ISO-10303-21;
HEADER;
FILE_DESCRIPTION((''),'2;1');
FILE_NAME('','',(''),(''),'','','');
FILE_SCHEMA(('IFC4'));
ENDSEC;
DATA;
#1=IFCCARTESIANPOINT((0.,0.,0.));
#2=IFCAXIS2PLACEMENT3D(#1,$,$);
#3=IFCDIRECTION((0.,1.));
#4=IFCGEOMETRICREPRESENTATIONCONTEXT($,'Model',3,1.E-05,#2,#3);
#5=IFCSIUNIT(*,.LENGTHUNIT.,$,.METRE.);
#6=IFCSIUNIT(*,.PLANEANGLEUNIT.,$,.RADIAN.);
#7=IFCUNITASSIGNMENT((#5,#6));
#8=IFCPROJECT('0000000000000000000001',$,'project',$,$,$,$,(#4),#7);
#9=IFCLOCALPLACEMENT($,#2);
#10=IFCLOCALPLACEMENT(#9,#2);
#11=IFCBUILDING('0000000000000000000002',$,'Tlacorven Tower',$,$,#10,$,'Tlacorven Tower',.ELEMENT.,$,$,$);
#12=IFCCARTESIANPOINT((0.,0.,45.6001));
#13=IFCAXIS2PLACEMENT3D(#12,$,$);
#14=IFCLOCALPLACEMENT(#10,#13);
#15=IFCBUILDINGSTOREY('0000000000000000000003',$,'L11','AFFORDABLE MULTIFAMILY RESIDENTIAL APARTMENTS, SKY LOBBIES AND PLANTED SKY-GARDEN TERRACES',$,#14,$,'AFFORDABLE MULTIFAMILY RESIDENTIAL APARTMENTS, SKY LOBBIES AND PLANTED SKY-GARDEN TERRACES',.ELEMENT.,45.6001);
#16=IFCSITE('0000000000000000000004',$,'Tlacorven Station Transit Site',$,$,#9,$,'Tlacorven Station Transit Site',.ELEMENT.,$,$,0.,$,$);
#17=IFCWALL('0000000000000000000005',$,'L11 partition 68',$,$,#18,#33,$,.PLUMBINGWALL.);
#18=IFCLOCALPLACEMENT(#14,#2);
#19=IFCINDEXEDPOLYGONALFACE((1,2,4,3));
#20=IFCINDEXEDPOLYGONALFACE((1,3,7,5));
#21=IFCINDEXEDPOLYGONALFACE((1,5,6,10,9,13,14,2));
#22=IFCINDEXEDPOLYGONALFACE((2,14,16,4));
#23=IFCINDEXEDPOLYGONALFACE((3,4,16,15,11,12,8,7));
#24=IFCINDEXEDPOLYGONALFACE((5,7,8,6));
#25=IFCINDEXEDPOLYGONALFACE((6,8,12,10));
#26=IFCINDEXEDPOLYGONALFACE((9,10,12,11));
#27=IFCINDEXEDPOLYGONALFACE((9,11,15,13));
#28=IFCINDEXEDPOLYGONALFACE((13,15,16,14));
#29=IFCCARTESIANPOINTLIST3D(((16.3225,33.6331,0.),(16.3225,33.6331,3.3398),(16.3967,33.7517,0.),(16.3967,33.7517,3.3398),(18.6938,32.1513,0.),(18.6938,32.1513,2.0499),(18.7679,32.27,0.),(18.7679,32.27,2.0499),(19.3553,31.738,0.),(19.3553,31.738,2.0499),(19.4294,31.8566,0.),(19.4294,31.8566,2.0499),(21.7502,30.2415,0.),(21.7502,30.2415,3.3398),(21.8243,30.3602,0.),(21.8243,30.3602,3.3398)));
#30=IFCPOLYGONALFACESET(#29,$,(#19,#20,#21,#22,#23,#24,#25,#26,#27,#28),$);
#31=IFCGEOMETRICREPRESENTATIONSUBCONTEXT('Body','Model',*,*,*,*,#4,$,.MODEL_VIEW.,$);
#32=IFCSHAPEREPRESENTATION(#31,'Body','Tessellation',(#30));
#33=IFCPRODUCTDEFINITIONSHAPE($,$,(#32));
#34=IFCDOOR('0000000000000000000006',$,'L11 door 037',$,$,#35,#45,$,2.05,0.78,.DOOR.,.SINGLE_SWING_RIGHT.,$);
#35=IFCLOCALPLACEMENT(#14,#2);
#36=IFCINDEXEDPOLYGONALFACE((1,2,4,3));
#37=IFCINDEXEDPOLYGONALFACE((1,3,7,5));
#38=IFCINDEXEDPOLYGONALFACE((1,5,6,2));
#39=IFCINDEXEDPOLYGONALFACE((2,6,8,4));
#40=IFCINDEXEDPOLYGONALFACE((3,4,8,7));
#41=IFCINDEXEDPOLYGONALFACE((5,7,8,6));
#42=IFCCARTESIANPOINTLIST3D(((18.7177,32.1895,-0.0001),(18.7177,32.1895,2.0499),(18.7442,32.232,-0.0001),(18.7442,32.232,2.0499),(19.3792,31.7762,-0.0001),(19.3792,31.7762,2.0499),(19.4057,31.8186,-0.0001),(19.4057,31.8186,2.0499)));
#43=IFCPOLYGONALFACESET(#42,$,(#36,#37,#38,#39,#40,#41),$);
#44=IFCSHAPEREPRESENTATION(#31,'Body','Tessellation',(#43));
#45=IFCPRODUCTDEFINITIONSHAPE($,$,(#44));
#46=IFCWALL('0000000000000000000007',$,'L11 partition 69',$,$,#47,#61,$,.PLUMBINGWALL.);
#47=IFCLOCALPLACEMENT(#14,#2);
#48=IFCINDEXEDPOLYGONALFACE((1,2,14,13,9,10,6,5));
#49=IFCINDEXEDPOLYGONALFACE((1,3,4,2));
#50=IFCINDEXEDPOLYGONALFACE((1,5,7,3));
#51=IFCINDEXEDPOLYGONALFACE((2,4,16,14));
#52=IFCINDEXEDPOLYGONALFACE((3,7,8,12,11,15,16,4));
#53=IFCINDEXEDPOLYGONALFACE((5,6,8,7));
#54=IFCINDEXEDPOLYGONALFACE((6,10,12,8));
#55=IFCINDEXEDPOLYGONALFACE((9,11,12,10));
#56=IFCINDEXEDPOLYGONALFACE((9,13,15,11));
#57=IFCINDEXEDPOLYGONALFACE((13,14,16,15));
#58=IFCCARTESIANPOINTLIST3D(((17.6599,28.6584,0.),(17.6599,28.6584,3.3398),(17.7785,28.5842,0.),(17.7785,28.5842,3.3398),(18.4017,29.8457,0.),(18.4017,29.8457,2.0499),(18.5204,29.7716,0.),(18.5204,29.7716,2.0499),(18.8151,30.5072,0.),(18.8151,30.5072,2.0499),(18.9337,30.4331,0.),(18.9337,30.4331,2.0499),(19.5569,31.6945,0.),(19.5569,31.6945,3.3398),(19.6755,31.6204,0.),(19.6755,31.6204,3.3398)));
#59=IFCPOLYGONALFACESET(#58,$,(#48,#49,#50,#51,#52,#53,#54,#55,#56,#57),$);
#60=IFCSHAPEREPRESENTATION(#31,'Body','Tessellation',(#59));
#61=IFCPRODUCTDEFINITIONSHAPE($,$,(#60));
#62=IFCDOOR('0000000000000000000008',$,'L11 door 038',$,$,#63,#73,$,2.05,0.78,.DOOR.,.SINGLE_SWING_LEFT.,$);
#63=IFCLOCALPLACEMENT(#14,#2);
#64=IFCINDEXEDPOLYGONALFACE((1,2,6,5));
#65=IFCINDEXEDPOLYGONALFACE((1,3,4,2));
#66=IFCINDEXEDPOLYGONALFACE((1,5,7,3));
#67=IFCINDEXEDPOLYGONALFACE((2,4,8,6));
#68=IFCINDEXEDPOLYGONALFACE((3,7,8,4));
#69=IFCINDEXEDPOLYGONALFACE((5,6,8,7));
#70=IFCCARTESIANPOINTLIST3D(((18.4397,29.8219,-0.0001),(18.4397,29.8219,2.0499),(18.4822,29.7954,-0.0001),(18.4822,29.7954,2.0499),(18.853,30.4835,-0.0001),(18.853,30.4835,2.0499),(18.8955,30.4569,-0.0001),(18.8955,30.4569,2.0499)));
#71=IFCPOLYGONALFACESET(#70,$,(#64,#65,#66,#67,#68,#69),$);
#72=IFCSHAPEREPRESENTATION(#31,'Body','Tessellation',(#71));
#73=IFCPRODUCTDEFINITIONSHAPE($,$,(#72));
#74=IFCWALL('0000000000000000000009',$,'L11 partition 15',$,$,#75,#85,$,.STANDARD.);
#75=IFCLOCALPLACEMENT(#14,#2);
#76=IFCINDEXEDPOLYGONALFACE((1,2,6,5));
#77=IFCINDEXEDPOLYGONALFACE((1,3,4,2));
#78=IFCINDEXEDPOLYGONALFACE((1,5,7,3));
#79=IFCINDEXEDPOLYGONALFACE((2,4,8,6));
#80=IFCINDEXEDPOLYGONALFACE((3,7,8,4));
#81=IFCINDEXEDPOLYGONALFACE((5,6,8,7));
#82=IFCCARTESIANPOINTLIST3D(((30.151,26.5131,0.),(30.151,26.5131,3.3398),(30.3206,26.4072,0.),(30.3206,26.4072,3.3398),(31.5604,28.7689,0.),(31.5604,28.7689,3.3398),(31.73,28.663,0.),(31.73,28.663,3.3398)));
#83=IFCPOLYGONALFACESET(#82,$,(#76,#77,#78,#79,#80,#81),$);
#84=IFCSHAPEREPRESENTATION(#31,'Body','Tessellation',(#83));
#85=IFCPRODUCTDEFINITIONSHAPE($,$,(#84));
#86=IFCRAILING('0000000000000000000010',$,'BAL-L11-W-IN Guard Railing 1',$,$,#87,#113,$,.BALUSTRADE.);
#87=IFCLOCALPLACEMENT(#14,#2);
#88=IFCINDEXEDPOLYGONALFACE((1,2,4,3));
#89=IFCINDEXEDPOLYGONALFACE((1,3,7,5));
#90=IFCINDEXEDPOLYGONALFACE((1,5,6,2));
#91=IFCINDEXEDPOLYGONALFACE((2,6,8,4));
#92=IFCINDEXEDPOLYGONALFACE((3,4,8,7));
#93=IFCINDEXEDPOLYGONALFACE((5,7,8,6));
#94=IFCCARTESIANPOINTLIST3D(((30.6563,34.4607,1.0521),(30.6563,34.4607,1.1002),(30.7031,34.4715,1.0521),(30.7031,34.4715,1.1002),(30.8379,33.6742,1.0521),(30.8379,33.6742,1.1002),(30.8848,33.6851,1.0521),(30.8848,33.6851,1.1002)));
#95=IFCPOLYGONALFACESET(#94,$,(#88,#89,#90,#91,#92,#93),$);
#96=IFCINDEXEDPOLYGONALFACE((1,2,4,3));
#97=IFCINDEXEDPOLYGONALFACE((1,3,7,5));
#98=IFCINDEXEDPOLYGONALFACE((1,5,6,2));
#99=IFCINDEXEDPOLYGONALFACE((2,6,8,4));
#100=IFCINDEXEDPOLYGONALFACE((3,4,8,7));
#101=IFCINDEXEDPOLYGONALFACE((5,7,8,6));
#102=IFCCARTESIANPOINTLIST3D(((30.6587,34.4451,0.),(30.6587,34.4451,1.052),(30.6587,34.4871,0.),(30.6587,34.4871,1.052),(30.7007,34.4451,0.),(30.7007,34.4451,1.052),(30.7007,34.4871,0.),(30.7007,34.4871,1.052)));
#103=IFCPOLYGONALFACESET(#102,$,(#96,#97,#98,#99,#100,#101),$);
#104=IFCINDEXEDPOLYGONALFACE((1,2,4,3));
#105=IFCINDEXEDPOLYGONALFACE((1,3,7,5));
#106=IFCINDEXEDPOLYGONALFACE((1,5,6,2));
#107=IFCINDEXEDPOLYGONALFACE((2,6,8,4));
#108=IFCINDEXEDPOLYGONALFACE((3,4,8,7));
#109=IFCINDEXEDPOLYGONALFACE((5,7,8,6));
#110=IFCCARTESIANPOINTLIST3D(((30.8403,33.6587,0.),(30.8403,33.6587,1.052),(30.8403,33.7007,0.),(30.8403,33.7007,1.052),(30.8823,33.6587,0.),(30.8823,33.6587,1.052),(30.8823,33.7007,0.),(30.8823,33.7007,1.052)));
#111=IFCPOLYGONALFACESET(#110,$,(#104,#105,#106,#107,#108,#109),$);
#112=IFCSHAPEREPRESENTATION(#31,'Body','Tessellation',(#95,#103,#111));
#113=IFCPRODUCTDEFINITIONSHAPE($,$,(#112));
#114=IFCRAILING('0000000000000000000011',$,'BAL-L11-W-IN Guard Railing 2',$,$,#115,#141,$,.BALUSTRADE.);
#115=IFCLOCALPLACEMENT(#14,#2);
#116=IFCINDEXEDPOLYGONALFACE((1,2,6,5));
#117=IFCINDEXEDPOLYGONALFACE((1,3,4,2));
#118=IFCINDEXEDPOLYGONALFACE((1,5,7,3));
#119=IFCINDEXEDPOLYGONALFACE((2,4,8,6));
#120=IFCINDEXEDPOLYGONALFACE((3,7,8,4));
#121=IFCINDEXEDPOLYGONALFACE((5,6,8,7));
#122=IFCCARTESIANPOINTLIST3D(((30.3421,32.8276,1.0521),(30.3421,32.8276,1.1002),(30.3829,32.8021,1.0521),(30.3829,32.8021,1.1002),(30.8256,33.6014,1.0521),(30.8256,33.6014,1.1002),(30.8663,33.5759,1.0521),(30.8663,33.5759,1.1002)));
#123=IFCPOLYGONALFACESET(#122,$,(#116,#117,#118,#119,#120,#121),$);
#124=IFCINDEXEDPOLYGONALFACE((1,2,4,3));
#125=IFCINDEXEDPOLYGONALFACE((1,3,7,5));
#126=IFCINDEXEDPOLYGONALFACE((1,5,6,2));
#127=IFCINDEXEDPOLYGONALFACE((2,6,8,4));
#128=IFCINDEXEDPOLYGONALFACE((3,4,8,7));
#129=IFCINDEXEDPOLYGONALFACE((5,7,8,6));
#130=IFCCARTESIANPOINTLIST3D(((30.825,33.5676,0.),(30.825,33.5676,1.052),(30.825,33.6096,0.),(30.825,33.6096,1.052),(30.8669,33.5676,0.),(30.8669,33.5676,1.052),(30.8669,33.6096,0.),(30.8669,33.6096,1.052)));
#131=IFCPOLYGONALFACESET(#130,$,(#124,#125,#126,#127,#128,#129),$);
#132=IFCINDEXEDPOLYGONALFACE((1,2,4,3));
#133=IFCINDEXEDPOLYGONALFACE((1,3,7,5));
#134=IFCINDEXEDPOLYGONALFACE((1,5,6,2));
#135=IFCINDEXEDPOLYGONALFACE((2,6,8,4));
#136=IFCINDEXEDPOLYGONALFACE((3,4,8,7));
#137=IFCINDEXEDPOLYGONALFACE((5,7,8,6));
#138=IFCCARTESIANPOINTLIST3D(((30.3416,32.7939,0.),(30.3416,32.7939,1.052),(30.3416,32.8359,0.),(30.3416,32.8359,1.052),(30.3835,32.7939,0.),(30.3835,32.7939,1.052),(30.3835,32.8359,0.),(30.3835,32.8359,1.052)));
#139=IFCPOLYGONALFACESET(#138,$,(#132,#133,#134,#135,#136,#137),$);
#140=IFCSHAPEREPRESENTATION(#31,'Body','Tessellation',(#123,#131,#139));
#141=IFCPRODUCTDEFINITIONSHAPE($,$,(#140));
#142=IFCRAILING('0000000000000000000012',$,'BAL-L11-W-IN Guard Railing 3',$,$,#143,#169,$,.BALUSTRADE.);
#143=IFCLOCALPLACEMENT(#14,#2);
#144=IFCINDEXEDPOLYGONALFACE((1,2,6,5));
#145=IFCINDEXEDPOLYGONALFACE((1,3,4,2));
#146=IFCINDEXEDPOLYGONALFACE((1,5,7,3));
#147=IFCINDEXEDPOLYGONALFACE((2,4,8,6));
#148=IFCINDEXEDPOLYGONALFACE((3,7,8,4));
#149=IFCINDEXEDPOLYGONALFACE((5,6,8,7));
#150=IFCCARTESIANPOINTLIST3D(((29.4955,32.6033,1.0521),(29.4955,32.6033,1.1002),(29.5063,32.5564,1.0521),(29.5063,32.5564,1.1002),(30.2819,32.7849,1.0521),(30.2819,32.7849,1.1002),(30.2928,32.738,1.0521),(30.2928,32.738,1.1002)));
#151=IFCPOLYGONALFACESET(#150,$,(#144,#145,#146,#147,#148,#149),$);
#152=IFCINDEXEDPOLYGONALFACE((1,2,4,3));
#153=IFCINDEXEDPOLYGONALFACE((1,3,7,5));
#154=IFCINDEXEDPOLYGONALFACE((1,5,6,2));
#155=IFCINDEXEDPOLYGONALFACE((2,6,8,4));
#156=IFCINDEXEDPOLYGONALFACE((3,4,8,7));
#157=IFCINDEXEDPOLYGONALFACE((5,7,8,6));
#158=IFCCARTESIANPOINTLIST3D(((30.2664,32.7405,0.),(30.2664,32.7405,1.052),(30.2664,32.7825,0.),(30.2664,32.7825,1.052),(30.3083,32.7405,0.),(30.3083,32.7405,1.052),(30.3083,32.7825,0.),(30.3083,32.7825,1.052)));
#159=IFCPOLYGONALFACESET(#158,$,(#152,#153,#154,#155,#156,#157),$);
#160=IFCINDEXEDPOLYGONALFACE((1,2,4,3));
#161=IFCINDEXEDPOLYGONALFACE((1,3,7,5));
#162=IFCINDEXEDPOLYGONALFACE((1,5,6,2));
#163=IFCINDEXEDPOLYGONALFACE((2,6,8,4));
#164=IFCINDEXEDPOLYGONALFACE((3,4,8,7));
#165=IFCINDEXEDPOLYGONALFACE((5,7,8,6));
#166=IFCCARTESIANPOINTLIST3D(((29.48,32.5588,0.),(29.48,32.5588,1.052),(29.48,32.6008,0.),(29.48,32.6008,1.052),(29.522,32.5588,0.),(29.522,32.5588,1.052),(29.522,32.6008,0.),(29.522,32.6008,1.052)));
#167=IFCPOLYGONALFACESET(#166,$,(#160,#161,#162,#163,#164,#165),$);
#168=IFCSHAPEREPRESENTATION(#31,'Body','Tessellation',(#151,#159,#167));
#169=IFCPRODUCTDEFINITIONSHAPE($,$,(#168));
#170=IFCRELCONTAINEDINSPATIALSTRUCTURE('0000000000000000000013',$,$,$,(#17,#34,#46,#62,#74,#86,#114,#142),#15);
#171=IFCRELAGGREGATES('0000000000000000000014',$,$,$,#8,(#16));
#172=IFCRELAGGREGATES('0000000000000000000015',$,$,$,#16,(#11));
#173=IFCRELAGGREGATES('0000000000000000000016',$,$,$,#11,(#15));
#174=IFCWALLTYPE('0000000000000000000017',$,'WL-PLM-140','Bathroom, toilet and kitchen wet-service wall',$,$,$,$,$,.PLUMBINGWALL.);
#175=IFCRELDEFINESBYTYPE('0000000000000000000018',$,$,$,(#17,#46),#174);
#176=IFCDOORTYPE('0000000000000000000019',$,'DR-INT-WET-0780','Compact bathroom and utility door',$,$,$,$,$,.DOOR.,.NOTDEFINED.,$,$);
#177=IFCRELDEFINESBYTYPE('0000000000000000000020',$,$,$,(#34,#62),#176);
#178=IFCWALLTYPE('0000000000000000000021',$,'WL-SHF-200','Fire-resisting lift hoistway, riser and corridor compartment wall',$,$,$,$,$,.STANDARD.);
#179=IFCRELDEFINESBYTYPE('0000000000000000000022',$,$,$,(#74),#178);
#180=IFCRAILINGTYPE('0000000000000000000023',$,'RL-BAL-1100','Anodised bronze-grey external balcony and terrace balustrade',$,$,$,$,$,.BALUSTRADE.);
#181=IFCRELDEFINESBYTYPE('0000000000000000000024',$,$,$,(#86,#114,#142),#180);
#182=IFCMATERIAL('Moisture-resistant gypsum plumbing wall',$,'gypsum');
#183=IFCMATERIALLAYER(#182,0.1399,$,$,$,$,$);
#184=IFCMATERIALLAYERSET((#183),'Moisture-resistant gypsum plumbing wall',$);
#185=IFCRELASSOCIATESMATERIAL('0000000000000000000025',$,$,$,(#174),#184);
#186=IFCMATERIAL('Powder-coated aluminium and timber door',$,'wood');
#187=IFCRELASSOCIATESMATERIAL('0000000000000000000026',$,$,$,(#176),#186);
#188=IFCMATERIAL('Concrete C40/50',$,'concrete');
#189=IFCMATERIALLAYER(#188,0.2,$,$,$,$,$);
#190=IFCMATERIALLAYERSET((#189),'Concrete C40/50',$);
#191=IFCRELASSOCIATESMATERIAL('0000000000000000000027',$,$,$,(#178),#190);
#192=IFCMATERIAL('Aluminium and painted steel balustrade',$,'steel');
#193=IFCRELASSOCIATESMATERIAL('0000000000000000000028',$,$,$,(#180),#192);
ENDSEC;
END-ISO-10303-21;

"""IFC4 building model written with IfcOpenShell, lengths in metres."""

from ifc_helpers import new_model, si_unit, direction, frame, frame_2d, origin, origin_2d, place, context, subcontext, project, spatial, rectangle, extrude, source, transform, mapped, material, layer, layer_set, type_object, element, fill, save


model = new_model("IFC4")

# Units and contexts
model_context = context("Model", 3, precision=1e-05, world=origin(), true_north=direction((0.0, 1.0)))
body_context = subcontext(model_context, "Body", "Model", "MODEL_VIEW")
ifc_project = project(units=[si_unit("LENGTHUNIT", "METRE"), si_unit("PLANEANGLEUNIT", "RADIAN")], contexts=[model_context])

# Site, building, storey
site_placement = place(None, origin())
site = spatial("IfcSite", under=ifc_project, at=site_placement, Name="Tlacorven Station Transit Site", LongName="Tlacorven Station Transit Site", CompositionType="ELEMENT", RefElevation=0.0)
building_placement = place(site_placement, origin())
building = spatial("IfcBuilding", under=site, at=building_placement, Name="Tlacorven Tower", LongName="Tlacorven Tower", CompositionType="ELEMENT")
storey_placement = place(building_placement, frame((0.0, 0.0, 45.6001)))
storey = spatial("IfcBuildingStorey", under=building, at=storey_placement, Name="L11", Description="AFFORDABLE MULTIFAMILY RESIDENTIAL APARTMENTS, SKY LOBBIES AND PLANTED SKY-GARDEN TERRACES", LongName="AFFORDABLE MULTIFAMILY RESIDENTIAL APARTMENTS, SKY LOBBIES AND PLANTED SKY-GARDEN TERRACES", CompositionType="ELEMENT", Elevation=45.6001)

# Walls, openings, doors
ifc_material_1 = material(Name="Powder-coated aluminium and timber door", Category="wood")
ifc_material_2 = material(Name="Moisture-resistant gypsum plumbing wall", Category="gypsum")
ifc_layer_1 = layer(ifc_material_2, 0.1399)
ifc_layer_set_1 = layer_set([ifc_layer_1], Name="Moisture-resistant gypsum plumbing wall")
wall_type_1 = type_object("IfcWallType", Name="WL-PLM-140", Description="Bathroom, toilet and kitchen wet-service wall", PredefinedType="PLUMBINGWALL", material=ifc_layer_set_1)
wall_1_placement = place(storey_placement, frame((21.7874, 30.3008, 0.0), z_axis=(0.0, 0.0, 1.0), x_axis=(-0.84805, 0.529917, 0.0)))
wall_1 = element("IfcWall", 1, at=wall_1_placement, inside=storey, type_object=wall_type_1, Name="L11 partition 68", PredefinedType="PLUMBINGWALL", context=body_context, shape_type="SweptSolid", body=[
    extrude(rectangle(XDim=6.4001, YDim=0.1399, at=frame_2d((3.2002, 0.0))), origin(), (0.0, 0.0, 1.0), 3.3398),
])
opening_1_placement = place(wall_1_placement, frame((2.824, 0.0, 0.0)))
opening_1 = element("IfcOpeningElement", 2, at=opening_1_placement, cuts=wall_1, PredefinedType="OPENING", context=body_context, shape_type="SweptSolid", body=[
    extrude(rectangle(XDim=0.78, YDim=2.05, at=frame_2d((0.3901, 1.0249))), frame((0.0, 0.0801, 0.0), z_axis=(0.0, -1.0, 0.0), x_axis=(1.0, 0.0, 0.0)), (0.0, 0.0, 1.0), 0.1599),
])
door_type_1 = type_object("IfcDoorType", Name="DR-INT-WET-0780", Description="Compact bathroom and utility door", OperationType="NOTDEFINED", PredefinedType="DOOR", material=ifc_material_1)
shared_shape_1 = source(origin(), body_context, "Body", "SweptSolid", [
    extrude(rectangle(XDim=0.78, YDim=2.05, at=frame_2d((0.3901, 1.0249))), frame((0.0, 0.0249, 0.0), z_axis=(0.0, -1.0, 0.0), x_axis=(1.0, 0.0, 0.0)), (0.0, 0.0, 1.0), 0.05),
])
door_1_placement = place(opening_1_placement, origin())
door_1 = element("IfcDoor", 3, at=door_1_placement, inside=storey, type_object=door_type_1, Name="L11 door 037", OperationType="SINGLE_SWING_RIGHT", OverallHeight=2.05, OverallWidth=0.78, PredefinedType="DOOR", context=body_context, shape_type="MappedRepresentation", body=[
    mapped(shared_shape_1, transform((0.0, 0.0, 0.0), scale=1.0)),
])
fill(opening_1, door_1)
wall_2_placement = place(storey_placement, frame((19.6162, 31.6575, 0.0), z_axis=(0.0, 0.0, 1.0), x_axis=(-0.529876, -0.848075, 0.0)))
wall_2 = element("IfcWall", 4, at=wall_2_placement, inside=storey, type_object=wall_type_1, Name="L11 partition 69", PredefinedType="PLUMBINGWALL", context=body_context, shape_type="SweptSolid", body=[
    extrude(rectangle(XDim=3.5801, YDim=0.1399, at=frame_2d((1.79, 0.0))), origin(), (0.0, 0.0, 1.0), 3.3398),
])
opening_2_placement = place(wall_2_placement, frame((1.3999, 0.0, 0.0)))
opening_2 = element("IfcOpeningElement", 5, at=opening_2_placement, cuts=wall_2, PredefinedType="OPENING", context=body_context, shape_type="SweptSolid", body=[
    extrude(rectangle(XDim=0.78, YDim=2.05, at=frame_2d((0.3901, 1.0249))), frame((0.0, 0.0801, 0.0), z_axis=(0.0, -1.0, 0.0), x_axis=(1.0, 0.0, 0.0)), (0.0, 0.0, 1.0), 0.1599),
])
door_2_placement = place(opening_2_placement, origin())
door_2 = element("IfcDoor", 6, at=door_2_placement, inside=storey, type_object=door_type_1, Name="L11 door 038", OperationType="SINGLE_SWING_LEFT", OverallHeight=2.05, OverallWidth=0.78, PredefinedType="DOOR", context=body_context, shape_type="MappedRepresentation", body=[
    mapped(shared_shape_1, transform((0.0, 0.0, 0.0), scale=1.0)),
])
fill(opening_2, door_2)

# Wall
ifc_material_3 = material(Name="Concrete C40/50", Category="concrete")
ifc_layer_2 = layer(ifc_material_3, 0.2)
ifc_layer_set_2 = layer_set([ifc_layer_2], Name="Concrete C40/50")
wall_type_2 = type_object("IfcWallType", Name="WL-SHF-200", Description="Fire-resisting lift hoistway, riser and corridor compartment wall", PredefinedType="STANDARD", material=ifc_layer_set_2)
wall_3_placement = place(storey_placement, frame((31.6453, 28.7161, 0.0), z_axis=(0.0, 0.0, 1.0), x_axis=(-0.529867, -0.848081, 0.0)))
element("IfcWall", 7, at=wall_3_placement, inside=storey, type_object=wall_type_2, Name="L11 partition 15", PredefinedType="STANDARD", context=body_context, shape_type="SweptSolid", body=[
    extrude(rectangle(XDim=2.6599, YDim=0.2, at=frame_2d((1.3301, 0.0))), origin(), (0.0, 0.0, 1.0), 3.3398),
])

# Railings
ifc_material_4 = material(Name="Aluminium and painted steel balustrade", Category="steel")
railing_type = type_object("IfcRailingType", Name="RL-BAL-1100", Description="Anodised bronze-grey external balcony and terrace balustrade", PredefinedType="BALUSTRADE", material=ifc_material_4)
shared_shape_2 = source(origin(), body_context, "Body", "SweptSolid", [
    extrude(rectangle(XDim=0.0481, YDim=0.0481, at=origin_2d()), frame((0.0, 0.0, 1.0762), z_axis=(0.225058, -0.974345, 0.0), x_axis=(0.974345, 0.225058, 0.0)), (0.0, 0.0, 1.0), 0.8071),
    extrude(rectangle(XDim=0.042, YDim=0.042, at=origin_2d()), origin(), (0.0, 0.0, 1.0), 1.052),
    extrude(rectangle(XDim=0.042, YDim=0.042, at=origin_2d()), frame((0.1816, -0.7864, 0.0)), (0.0, 0.0, 1.0), 1.052),
])
railing_1_placement = place(storey_placement, frame((30.6797, 34.4661, 0.0)))
element("IfcRailing", 8, at=railing_1_placement, inside=storey, type_object=railing_type, Name="BAL-L11-W-IN Guard Railing 1", PredefinedType="BALUSTRADE", context=body_context, shape_type="MappedRepresentation", body=[
    mapped(shared_shape_2, transform((0.0, 0.0, 0.0), scale=1.0)),
])
shared_shape_3 = source(origin(), body_context, "Body", "SweptSolid", [
    extrude(rectangle(XDim=0.0481, YDim=0.0481, at=origin_2d()), frame((0.0, 0.0, 1.0762), z_axis=(-0.529879, -0.848073, 0.0), x_axis=(0.848073, -0.529879, 0.0)), (0.0, 0.0, 1.0), 0.9124),
    extrude(rectangle(XDim=0.042, YDim=0.042, at=origin_2d()), origin(), (0.0, 0.0, 1.0), 1.052),
    extrude(rectangle(XDim=0.042, YDim=0.042, at=origin_2d()), frame((-0.4834, -0.7737, 0.0)), (0.0, 0.0, 1.0), 1.052),
])
railing_2_placement = place(storey_placement, frame((30.8459, 33.5886, 0.0)))
element("IfcRailing", 9, at=railing_2_placement, inside=storey, type_object=railing_type, Name="BAL-L11-W-IN Guard Railing 2", PredefinedType="BALUSTRADE", context=body_context, shape_type="MappedRepresentation", body=[
    mapped(shared_shape_3, transform((0.0, 0.0, 0.0), scale=1.0)),
])
shared_shape_4 = source(origin(), body_context, "Body", "SweptSolid", [
    extrude(rectangle(XDim=0.0481, YDim=0.0481, at=origin_2d()), frame((0.0, 0.0, 1.0762), z_axis=(-0.974345, -0.225058, 0.0), x_axis=(0.225058, -0.974345, 0.0)), (0.0, 0.0, 1.0), 0.8071),
    extrude(rectangle(XDim=0.042, YDim=0.042, at=origin_2d()), origin(), (0.0, 0.0, 1.0), 1.052),
    extrude(rectangle(XDim=0.042, YDim=0.042, at=origin_2d()), frame((-0.7864, -0.1816, 0.0)), (0.0, 0.0, 1.0), 1.052),
])
railing_3_placement = place(storey_placement, frame((30.2874, 32.7615, 0.0)))
element("IfcRailing", 10, at=railing_3_placement, inside=storey, type_object=railing_type, Name="BAL-L11-W-IN Guard Railing 3", PredefinedType="BALUSTRADE", context=body_context, shape_type="MappedRepresentation", body=[
    mapped(shared_shape_4, transform((0.0, 0.0, 0.0), scale=1.0)),
])

save(model, "model.ifc")
